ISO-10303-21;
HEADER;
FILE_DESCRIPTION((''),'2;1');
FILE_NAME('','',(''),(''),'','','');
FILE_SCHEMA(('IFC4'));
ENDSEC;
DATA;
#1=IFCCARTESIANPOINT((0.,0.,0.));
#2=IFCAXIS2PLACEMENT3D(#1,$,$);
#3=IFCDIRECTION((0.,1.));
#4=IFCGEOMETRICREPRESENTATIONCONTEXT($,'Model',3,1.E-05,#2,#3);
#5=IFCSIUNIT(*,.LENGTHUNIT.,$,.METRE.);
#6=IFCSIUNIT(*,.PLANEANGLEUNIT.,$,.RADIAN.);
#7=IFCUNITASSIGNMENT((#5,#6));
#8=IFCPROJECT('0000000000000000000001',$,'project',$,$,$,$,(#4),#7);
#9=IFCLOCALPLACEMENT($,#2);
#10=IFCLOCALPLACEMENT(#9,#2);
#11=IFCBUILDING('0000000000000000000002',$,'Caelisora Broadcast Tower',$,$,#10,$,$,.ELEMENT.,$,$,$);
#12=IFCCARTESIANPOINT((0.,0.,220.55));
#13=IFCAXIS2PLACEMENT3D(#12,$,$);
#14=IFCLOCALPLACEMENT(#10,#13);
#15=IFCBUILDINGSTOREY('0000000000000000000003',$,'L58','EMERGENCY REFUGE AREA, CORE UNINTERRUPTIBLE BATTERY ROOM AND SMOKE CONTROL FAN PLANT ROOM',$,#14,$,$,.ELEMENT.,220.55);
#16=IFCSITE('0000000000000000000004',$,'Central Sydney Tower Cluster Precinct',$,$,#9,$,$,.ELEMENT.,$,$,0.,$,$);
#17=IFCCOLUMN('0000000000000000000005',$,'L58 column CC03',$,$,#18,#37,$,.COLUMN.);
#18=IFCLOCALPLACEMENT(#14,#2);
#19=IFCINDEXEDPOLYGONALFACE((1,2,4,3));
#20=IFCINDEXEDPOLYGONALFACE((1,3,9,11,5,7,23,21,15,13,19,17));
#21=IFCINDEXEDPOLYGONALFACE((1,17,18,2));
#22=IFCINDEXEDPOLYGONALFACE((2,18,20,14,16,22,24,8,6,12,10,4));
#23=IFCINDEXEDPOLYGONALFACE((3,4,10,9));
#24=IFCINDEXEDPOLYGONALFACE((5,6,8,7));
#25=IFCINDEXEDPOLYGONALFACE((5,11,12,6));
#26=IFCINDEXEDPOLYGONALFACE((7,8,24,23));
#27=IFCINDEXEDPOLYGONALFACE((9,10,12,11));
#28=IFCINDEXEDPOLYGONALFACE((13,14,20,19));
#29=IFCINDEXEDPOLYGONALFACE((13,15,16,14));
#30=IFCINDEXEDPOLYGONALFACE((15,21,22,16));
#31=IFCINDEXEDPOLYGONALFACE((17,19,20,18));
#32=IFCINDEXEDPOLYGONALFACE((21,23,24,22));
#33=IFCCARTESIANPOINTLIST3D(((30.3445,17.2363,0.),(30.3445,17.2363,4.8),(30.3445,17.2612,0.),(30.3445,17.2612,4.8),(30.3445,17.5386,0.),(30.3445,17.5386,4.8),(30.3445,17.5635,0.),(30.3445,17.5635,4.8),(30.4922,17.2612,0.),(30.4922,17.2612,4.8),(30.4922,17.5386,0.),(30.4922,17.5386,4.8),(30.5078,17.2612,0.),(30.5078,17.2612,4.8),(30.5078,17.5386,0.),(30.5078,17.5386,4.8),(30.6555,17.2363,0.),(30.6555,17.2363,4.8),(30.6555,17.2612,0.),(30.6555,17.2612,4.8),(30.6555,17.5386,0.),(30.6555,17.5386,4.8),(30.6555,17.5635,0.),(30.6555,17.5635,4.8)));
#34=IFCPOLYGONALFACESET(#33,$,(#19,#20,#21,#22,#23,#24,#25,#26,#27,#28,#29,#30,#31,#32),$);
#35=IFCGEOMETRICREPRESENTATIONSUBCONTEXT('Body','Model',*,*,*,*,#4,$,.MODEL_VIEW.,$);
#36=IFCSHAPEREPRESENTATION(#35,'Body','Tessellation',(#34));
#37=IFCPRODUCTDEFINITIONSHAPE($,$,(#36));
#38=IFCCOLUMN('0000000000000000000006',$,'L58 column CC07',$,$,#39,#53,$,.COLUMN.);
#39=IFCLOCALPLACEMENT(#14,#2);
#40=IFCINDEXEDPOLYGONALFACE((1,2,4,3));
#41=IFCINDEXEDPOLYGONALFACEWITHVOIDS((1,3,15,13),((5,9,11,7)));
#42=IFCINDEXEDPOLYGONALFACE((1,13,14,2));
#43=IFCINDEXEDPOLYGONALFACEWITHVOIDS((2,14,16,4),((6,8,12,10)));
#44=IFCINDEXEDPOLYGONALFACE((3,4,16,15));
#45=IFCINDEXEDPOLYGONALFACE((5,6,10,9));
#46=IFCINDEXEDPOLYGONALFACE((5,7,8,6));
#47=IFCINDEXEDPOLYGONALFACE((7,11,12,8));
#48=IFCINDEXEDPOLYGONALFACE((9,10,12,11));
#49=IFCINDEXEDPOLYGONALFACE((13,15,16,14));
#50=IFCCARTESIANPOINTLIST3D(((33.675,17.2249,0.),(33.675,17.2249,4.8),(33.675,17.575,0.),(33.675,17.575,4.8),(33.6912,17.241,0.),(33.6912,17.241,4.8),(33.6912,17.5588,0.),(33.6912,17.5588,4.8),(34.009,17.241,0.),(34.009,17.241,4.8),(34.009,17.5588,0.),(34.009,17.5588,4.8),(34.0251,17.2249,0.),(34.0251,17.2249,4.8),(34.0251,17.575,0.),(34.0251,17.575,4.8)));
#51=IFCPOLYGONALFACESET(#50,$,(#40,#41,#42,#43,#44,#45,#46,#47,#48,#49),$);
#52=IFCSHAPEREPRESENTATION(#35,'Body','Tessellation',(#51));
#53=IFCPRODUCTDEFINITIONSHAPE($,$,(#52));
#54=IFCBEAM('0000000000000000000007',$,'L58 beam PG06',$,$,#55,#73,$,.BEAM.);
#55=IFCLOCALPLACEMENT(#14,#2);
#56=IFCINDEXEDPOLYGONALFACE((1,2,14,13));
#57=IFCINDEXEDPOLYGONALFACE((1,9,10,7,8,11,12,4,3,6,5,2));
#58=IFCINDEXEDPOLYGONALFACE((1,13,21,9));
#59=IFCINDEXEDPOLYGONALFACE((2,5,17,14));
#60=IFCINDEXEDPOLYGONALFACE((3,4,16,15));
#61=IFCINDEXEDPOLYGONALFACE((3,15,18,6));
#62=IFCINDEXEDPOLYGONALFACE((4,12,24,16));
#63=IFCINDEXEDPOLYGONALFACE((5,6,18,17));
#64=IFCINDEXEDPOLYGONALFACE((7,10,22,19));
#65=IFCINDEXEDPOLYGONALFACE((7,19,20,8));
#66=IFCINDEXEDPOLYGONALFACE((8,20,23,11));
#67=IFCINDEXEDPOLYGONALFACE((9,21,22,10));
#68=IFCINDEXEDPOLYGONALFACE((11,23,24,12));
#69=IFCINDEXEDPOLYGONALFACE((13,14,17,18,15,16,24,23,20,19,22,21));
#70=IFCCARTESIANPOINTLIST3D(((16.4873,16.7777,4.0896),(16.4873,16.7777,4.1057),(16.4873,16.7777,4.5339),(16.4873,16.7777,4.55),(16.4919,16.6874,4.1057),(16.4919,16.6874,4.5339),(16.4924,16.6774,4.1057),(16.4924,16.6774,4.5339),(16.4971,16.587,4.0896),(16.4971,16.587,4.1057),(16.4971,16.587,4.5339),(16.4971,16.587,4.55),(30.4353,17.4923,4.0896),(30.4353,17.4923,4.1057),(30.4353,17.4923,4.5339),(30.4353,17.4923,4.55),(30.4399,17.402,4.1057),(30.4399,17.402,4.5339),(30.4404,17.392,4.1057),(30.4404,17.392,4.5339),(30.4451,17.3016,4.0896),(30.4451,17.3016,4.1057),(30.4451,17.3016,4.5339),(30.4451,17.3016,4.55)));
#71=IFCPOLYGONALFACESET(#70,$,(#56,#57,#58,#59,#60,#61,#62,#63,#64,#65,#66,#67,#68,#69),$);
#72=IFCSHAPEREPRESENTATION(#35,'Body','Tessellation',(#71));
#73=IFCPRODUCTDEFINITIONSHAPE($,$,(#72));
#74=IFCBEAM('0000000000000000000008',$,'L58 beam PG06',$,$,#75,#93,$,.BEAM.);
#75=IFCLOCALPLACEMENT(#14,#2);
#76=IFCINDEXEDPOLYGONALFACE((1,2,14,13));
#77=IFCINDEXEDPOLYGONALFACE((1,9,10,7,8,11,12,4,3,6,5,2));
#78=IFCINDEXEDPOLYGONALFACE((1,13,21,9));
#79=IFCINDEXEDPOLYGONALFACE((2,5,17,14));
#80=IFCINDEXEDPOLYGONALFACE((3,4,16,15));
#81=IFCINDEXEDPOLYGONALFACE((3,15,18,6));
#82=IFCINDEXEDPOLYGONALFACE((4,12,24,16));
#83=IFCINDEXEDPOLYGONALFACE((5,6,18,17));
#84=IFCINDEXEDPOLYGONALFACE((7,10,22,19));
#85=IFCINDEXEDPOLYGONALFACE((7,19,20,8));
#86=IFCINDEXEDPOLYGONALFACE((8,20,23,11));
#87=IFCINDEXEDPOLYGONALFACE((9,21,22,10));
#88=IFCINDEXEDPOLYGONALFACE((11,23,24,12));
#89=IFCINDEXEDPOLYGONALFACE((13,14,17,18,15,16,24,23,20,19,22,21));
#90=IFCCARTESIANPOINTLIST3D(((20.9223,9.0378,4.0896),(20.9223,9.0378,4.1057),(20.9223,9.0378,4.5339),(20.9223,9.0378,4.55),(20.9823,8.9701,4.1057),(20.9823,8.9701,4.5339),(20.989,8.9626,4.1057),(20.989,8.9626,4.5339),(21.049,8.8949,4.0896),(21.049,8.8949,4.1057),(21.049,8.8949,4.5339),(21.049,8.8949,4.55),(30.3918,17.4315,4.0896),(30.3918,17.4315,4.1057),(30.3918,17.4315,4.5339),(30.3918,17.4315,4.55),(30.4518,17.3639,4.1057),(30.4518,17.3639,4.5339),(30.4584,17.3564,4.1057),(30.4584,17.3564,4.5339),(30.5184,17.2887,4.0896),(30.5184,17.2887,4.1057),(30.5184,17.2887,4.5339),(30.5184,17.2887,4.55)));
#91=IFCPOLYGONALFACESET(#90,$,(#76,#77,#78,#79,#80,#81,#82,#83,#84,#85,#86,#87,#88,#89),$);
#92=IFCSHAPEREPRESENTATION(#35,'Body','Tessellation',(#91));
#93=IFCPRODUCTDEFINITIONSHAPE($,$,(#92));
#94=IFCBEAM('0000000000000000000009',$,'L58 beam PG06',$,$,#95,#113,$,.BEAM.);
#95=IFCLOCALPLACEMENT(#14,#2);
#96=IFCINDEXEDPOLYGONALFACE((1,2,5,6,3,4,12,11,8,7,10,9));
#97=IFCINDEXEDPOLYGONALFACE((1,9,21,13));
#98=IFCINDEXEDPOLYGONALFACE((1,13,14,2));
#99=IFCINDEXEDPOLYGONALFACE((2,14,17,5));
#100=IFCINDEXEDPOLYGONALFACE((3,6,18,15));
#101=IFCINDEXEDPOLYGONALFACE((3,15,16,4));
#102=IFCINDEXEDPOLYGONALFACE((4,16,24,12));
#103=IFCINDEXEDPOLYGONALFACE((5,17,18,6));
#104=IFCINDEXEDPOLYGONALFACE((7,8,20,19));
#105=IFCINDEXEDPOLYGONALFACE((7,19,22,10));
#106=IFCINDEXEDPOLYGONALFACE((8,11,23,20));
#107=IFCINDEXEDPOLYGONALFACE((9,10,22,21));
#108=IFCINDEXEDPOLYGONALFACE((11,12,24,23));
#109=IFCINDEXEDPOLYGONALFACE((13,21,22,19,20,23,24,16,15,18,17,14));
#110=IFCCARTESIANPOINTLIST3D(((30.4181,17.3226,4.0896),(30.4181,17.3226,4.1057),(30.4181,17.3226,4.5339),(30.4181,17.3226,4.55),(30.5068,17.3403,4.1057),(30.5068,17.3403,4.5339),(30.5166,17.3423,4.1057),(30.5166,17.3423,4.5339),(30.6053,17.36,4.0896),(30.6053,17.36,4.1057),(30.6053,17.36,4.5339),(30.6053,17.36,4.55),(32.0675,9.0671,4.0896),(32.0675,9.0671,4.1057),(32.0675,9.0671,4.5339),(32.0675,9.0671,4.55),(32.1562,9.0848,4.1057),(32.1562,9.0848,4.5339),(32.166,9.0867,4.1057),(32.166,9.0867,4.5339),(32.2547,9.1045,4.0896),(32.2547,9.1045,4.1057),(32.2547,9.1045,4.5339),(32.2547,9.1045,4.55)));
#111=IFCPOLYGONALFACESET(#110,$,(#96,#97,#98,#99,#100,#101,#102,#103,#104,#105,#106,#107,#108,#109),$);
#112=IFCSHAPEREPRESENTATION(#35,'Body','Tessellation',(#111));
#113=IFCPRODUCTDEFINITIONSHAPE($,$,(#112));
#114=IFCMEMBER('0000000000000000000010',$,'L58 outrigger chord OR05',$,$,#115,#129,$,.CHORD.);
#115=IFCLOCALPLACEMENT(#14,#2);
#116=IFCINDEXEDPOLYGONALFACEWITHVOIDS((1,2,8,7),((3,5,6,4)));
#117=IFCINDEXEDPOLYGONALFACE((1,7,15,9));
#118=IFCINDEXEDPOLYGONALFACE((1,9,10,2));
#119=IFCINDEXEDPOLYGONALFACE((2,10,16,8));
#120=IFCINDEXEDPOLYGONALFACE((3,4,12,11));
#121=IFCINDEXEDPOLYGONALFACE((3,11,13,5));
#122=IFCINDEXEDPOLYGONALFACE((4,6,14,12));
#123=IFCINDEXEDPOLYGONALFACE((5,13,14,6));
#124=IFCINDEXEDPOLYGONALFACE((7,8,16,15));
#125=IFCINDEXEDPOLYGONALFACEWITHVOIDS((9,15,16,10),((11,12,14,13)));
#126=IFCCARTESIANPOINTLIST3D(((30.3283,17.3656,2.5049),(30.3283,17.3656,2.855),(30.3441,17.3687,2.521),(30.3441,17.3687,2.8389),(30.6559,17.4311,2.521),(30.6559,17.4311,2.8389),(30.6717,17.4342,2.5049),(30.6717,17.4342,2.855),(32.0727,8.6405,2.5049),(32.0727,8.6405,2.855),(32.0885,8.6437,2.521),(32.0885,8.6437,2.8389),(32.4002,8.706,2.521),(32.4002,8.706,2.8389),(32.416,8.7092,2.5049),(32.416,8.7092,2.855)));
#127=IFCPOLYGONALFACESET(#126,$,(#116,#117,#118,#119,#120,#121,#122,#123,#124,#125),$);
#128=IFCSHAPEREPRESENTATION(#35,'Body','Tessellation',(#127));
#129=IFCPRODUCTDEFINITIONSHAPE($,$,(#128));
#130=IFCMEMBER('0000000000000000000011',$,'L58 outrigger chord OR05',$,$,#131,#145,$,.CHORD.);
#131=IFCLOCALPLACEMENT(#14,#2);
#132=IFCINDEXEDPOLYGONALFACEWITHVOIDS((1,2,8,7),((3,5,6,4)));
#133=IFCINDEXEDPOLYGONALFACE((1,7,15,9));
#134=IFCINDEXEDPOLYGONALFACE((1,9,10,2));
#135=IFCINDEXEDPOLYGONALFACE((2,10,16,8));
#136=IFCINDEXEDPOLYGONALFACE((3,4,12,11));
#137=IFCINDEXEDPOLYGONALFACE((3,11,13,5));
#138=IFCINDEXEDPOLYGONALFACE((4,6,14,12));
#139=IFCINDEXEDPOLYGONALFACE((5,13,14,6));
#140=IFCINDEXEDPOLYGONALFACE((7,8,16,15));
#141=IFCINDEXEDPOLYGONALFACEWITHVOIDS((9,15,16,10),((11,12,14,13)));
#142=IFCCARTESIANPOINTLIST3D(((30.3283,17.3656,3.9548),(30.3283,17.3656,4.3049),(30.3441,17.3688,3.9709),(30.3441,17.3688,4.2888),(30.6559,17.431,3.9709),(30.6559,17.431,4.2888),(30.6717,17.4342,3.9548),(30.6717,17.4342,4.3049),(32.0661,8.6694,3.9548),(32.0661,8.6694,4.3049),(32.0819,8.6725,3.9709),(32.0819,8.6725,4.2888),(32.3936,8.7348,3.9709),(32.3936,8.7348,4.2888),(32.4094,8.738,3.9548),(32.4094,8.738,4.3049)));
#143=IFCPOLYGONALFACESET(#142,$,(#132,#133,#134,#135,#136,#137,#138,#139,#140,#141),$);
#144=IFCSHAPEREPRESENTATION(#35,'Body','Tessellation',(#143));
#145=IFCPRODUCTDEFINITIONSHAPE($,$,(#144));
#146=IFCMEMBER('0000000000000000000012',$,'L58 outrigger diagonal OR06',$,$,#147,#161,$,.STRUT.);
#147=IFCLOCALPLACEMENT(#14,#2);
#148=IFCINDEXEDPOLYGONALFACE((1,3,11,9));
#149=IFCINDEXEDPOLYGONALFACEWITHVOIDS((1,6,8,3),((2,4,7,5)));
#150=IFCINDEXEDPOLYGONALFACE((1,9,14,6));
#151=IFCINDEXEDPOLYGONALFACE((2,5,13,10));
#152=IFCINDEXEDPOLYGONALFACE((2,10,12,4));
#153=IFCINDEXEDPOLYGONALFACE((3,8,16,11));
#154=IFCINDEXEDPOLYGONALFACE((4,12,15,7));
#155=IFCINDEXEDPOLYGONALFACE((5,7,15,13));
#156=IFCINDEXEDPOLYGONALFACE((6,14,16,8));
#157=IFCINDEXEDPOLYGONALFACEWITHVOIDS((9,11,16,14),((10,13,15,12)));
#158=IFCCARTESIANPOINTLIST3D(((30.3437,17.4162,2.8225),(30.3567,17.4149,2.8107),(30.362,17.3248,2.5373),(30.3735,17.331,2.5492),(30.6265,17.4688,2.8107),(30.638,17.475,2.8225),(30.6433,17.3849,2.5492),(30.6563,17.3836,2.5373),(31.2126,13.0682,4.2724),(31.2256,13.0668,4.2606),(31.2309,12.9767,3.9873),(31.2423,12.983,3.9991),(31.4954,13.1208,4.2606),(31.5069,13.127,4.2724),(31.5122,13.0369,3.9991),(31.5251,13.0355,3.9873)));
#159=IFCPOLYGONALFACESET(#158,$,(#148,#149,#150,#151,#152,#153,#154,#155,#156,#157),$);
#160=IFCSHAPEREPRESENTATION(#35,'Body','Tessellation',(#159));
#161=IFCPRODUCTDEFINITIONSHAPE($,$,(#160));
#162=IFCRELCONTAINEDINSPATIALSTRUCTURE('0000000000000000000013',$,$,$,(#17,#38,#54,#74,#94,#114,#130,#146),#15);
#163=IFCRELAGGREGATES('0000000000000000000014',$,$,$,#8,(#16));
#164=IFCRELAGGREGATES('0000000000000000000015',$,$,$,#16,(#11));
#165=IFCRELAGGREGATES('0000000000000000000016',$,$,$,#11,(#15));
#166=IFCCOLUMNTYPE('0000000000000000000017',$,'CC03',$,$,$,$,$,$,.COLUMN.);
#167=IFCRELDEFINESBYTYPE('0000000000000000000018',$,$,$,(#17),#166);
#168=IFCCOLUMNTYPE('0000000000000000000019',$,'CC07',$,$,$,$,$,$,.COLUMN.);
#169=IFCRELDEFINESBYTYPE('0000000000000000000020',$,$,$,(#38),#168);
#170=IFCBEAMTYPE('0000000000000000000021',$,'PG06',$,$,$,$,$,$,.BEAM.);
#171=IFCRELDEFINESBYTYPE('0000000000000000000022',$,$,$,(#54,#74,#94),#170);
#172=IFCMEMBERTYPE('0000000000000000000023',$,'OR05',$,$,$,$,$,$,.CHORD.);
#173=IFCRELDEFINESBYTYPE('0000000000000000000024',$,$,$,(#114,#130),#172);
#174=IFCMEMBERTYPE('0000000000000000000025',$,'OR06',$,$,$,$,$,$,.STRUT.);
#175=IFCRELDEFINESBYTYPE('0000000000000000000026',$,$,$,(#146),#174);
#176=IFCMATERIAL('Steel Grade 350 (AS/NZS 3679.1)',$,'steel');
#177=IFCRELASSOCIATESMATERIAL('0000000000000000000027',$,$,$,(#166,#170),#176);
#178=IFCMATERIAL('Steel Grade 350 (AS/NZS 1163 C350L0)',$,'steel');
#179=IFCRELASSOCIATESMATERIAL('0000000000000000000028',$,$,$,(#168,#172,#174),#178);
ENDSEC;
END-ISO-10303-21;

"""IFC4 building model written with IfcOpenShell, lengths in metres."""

from ifc_helpers import new_model, si_unit, direction, frame, origin, origin_2d, place, context, subcontext, project, spatial, hollow_rectangle, i_section, extrude, source, transform, mapped, material, material_profile, profile_set, type_object, type_shapes, element, save


model = new_model("IFC4")

# Units and contexts
model_context = context("Model", 3, precision=1e-05, world=origin(), true_north=direction((0.0, 1.0)))
body_context = subcontext(model_context, "Body", "Model", "MODEL_VIEW")
ifc_project = project(units=[si_unit("LENGTHUNIT", "METRE"), si_unit("PLANEANGLEUNIT", "RADIAN")], contexts=[model_context])

# Site, building, storey
site_placement = place(None, origin())
site = spatial("IfcSite", under=ifc_project, at=site_placement, Name="Central Sydney Tower Cluster Precinct", CompositionType="ELEMENT", RefElevation=0.0)
building_placement = place(site_placement, origin())
building = spatial("IfcBuilding", under=site, at=building_placement, Name="Caelisora Broadcast Tower", CompositionType="ELEMENT")
storey_placement = place(building_placement, frame((0.0, 0.0, 220.55)))
storey = spatial("IfcBuildingStorey", under=building, at=storey_placement, Name="L58", Description="EMERGENCY REFUGE AREA, CORE UNINTERRUPTIBLE BATTERY ROOM AND SMOKE CONTROL FAN PLANT ROOM", CompositionType="ELEMENT", Elevation=220.55)

# Columns
ifc_material_1 = material(Name="Steel Grade 350 (AS/NZS 3679.1)", Category="steel")
ifc_material_profile_1 = material_profile(ifc_material_1, i_section(OverallWidth=0.311, OverallDepth=0.3271, WebThickness=0.0156, FlangeThickness=0.0249, at=origin_2d()), Name="Steel Grade 350 (AS/NZS 3679.1)")
ifc_profile_set_1 = profile_set([ifc_material_profile_1], Name="Steel Grade 350 (AS/NZS 3679.1)")
column_type_1 = type_object("IfcColumnType", Name="CC03", PredefinedType="COLUMN", material=ifc_profile_set_1)
shared_shape_1 = source(origin(), body_context, "Body", "SweptSolid", [
    extrude(i_section(OverallWidth=0.311, OverallDepth=0.3271, WebThickness=0.0156, FlangeThickness=0.0249, at=origin_2d()), origin(), (0.0, 0.0, 1.0), 4.8),
])
type_shapes(column_type_1, [shared_shape_1])
column_1_placement = place(storey_placement, frame((30.5, 17.3999, 0.0), z_axis=(0.0, 0.0, 1.0), x_axis=(1.0, 0.0, 0.0)))
element("IfcColumn", 1, at=column_1_placement, inside=storey, type_object=column_type_1, Name="L58 column CC03", PredefinedType="COLUMN", context=body_context, shape_type="MappedRepresentation", body=[
    mapped(shared_shape_1, transform((0.0, 0.0, 0.0), scale=1.0)),
])
ifc_material_2 = material(Name="Steel Grade 350 (AS/NZS 1163 C350L0)", Category="steel")
ifc_material_profile_2 = material_profile(ifc_material_2, hollow_rectangle(XDim=0.3501, YDim=0.3501, WallThickness=0.0161, at=origin_2d()), Name="Steel Grade 350 (AS/NZS 1163 C350L0)")
ifc_profile_set_2 = profile_set([ifc_material_profile_2], Name="Steel Grade 350 (AS/NZS 1163 C350L0)")
column_type_2 = type_object("IfcColumnType", Name="CC07", PredefinedType="COLUMN", material=ifc_profile_set_2)
shared_shape_2 = source(origin(), body_context, "Body", "SweptSolid", [
    extrude(hollow_rectangle(XDim=0.3501, YDim=0.3501, WallThickness=0.0161, at=origin_2d()), origin(), (0.0, 0.0, 1.0), 4.8),
])
type_shapes(column_type_2, [shared_shape_2])
column_2_placement = place(storey_placement, frame((33.8501, 17.3999, 0.0), z_axis=(0.0, 0.0, 1.0), x_axis=(1.0, 0.0, 0.0)))
element("IfcColumn", 2, at=column_2_placement, inside=storey, type_object=column_type_2, Name="L58 column CC07", PredefinedType="COLUMN", context=body_context, shape_type="MappedRepresentation", body=[
    mapped(shared_shape_2, transform((0.0, 0.0, 0.0), scale=1.0)),
])

# Beams
ifc_material_profile_3 = material_profile(ifc_material_1, i_section(OverallWidth=0.1909, OverallDepth=0.4604, WebThickness=0.01, FlangeThickness=0.0161, at=origin_2d()), Name="Steel Grade 350 (AS/NZS 3679.1)")
ifc_profile_set_3 = profile_set([ifc_material_profile_3], Name="Steel Grade 350 (AS/NZS 3679.1)")
beam_type = type_object("IfcBeamType", Name="PG06", PredefinedType="BEAM", material=ifc_profile_set_3)
shared_shape_3 = source(origin(), body_context, "Body", "SweptSolid", [
    extrude(i_section(OverallWidth=0.1909, OverallDepth=0.4604, WebThickness=0.01, FlangeThickness=0.0161, at=origin_2d()), origin(), (0.0, 0.0, 1.0), 13.9663),
])
beam_1_placement = place(storey_placement, frame((30.4402, 17.397, 4.3198), z_axis=(-0.99869, -0.051166, 0.0), x_axis=(0.051166, -0.99869, 0.0)))
element("IfcBeam", 3, at=beam_1_placement, inside=storey, type_object=beam_type, Name="L58 beam PG06", PredefinedType="BEAM", context=body_context, shape_type="MappedRepresentation", body=[
    mapped(shared_shape_3, transform((0.0, 0.0, 0.0), scale=1.0)),
])
shared_shape_4 = source(origin(), body_context, "Body", "SweptSolid", [
    extrude(i_section(OverallWidth=0.1909, OverallDepth=0.4604, WebThickness=0.01, FlangeThickness=0.0161, at=origin_2d()), origin(), (0.0, 0.0, 1.0), 12.6541),
])
beam_2_placement = place(storey_placement, frame((30.4551, 17.3601, 4.3198), z_axis=(-0.748331, -0.663325, 0.0), x_axis=(0.663325, -0.748331, 0.0)))
element("IfcBeam", 4, at=beam_2_placement, inside=storey, type_object=beam_type, Name="L58 beam PG06", PredefinedType="BEAM", context=body_context, shape_type="MappedRepresentation", body=[
    mapped(shared_shape_4, transform((0.0, 0.0, 0.0), scale=1.0)),
])
shared_shape_5 = source(origin(), body_context, "Body", "SweptSolid", [
    extrude(i_section(OverallWidth=0.1909, OverallDepth=0.4604, WebThickness=0.01, FlangeThickness=0.0161, at=origin_2d()), origin(), (0.0, 0.0, 1.0), 8.4187),
])
type_shapes(beam_type, [shared_shape_3, shared_shape_4, shared_shape_5])
beam_3_placement = place(storey_placement, frame((30.5117, 17.3413, 4.3198), z_axis=(0.195921, -0.98062, 0.0), x_axis=(0.98062, 0.195921, 0.0)))
element("IfcBeam", 5, at=beam_3_placement, inside=storey, type_object=beam_type, Name="L58 beam PG06", PredefinedType="BEAM", context=body_context, shape_type="MappedRepresentation", body=[
    mapped(shared_shape_5, transform((0.0, 0.0, 0.0), scale=1.0)),
])

# Members
ifc_material_profile_4 = material_profile(ifc_material_2, hollow_rectangle(XDim=0.3501, YDim=0.3501, WallThickness=0.0161, at=origin_2d()), Name="Steel Grade 350 (AS/NZS 1163 C350L0)")
ifc_profile_set_4 = profile_set([ifc_material_profile_4], Name="Steel Grade 350 (AS/NZS 1163 C350L0)")
member_type_1 = type_object("IfcMemberType", Name="OR05", PredefinedType="CHORD", material=ifc_profile_set_4)
shared_shape_6 = source(origin(), body_context, "Body", "SweptSolid", [
    extrude(hollow_rectangle(XDim=0.3501, YDim=0.3501, WallThickness=0.0161, at=origin_2d()), origin(), (0.0, 0.0, 1.0), 8.8977),
])
member_1_placement = place(storey_placement, frame((30.5, 17.3999, 2.6799), z_axis=(0.196048, -0.980594, 0.0), x_axis=(0.980594, 0.196048, 0.0)))
element("IfcMember", 6, at=member_1_placement, inside=storey, type_object=member_type_1, Name="L58 outrigger chord OR05", PredefinedType="CHORD", context=body_context, shape_type="MappedRepresentation", body=[
    mapped(shared_shape_6, transform((0.0, 0.0, 0.0), scale=1.0)),
])
shared_shape_7 = source(origin(), body_context, "Body", "SweptSolid", [
    extrude(hollow_rectangle(XDim=0.3501, YDim=0.3501, WallThickness=0.0161, at=origin_2d()), origin(), (0.0, 0.0, 1.0), 8.8682),
])
type_shapes(member_type_1, [shared_shape_6, shared_shape_7])
member_2_placement = place(storey_placement, frame((30.5, 17.3999, 4.1299), z_axis=(0.195957, -0.980612, 0.0), x_axis=(0.980612, 0.195957, 0.0)))
element("IfcMember", 7, at=member_2_placement, inside=storey, type_object=member_type_1, Name="L58 outrigger chord OR05", PredefinedType="CHORD", context=body_context, shape_type="MappedRepresentation", body=[
    mapped(shared_shape_7, transform((0.0, 0.0, 0.0), scale=1.0)),
])
ifc_material_profile_5 = material_profile(ifc_material_2, hollow_rectangle(XDim=0.3, YDim=0.3, WallThickness=0.0125, at=origin_2d()), Name="Steel Grade 350 (AS/NZS 1163 C350L0)")
ifc_profile_set_5 = profile_set([ifc_material_profile_5], Name="Steel Grade 350 (AS/NZS 1163 C350L0)")
member_type_2 = type_object("IfcMemberType", Name="OR06", PredefinedType="STRUT", material=ifc_profile_set_5)
shared_shape_8 = source(origin(), body_context, "Body", "SweptSolid", [
    extrude(hollow_rectangle(XDim=0.3, YDim=0.3, WallThickness=0.0125, at=origin_2d()), origin(), (0.0, 0.0, 1.0), 4.665),
])
type_shapes(member_type_2, [shared_shape_8])
member_3_placement = place(storey_placement, frame((30.5, 17.3999, 2.6799), z_axis=(0.186252, -0.932047, 0.310804), x_axis=(0.980612, 0.195957, 0.0)))
element("IfcMember", 8, at=member_3_placement, inside=storey, type_object=member_type_2, Name="L58 outrigger diagonal OR06", PredefinedType="STRUT", context=body_context, shape_type="MappedRepresentation", body=[
    mapped(shared_shape_8, transform((0.0, 0.0, 0.0), scale=1.0)),
])

save(model, "model.ifc")
